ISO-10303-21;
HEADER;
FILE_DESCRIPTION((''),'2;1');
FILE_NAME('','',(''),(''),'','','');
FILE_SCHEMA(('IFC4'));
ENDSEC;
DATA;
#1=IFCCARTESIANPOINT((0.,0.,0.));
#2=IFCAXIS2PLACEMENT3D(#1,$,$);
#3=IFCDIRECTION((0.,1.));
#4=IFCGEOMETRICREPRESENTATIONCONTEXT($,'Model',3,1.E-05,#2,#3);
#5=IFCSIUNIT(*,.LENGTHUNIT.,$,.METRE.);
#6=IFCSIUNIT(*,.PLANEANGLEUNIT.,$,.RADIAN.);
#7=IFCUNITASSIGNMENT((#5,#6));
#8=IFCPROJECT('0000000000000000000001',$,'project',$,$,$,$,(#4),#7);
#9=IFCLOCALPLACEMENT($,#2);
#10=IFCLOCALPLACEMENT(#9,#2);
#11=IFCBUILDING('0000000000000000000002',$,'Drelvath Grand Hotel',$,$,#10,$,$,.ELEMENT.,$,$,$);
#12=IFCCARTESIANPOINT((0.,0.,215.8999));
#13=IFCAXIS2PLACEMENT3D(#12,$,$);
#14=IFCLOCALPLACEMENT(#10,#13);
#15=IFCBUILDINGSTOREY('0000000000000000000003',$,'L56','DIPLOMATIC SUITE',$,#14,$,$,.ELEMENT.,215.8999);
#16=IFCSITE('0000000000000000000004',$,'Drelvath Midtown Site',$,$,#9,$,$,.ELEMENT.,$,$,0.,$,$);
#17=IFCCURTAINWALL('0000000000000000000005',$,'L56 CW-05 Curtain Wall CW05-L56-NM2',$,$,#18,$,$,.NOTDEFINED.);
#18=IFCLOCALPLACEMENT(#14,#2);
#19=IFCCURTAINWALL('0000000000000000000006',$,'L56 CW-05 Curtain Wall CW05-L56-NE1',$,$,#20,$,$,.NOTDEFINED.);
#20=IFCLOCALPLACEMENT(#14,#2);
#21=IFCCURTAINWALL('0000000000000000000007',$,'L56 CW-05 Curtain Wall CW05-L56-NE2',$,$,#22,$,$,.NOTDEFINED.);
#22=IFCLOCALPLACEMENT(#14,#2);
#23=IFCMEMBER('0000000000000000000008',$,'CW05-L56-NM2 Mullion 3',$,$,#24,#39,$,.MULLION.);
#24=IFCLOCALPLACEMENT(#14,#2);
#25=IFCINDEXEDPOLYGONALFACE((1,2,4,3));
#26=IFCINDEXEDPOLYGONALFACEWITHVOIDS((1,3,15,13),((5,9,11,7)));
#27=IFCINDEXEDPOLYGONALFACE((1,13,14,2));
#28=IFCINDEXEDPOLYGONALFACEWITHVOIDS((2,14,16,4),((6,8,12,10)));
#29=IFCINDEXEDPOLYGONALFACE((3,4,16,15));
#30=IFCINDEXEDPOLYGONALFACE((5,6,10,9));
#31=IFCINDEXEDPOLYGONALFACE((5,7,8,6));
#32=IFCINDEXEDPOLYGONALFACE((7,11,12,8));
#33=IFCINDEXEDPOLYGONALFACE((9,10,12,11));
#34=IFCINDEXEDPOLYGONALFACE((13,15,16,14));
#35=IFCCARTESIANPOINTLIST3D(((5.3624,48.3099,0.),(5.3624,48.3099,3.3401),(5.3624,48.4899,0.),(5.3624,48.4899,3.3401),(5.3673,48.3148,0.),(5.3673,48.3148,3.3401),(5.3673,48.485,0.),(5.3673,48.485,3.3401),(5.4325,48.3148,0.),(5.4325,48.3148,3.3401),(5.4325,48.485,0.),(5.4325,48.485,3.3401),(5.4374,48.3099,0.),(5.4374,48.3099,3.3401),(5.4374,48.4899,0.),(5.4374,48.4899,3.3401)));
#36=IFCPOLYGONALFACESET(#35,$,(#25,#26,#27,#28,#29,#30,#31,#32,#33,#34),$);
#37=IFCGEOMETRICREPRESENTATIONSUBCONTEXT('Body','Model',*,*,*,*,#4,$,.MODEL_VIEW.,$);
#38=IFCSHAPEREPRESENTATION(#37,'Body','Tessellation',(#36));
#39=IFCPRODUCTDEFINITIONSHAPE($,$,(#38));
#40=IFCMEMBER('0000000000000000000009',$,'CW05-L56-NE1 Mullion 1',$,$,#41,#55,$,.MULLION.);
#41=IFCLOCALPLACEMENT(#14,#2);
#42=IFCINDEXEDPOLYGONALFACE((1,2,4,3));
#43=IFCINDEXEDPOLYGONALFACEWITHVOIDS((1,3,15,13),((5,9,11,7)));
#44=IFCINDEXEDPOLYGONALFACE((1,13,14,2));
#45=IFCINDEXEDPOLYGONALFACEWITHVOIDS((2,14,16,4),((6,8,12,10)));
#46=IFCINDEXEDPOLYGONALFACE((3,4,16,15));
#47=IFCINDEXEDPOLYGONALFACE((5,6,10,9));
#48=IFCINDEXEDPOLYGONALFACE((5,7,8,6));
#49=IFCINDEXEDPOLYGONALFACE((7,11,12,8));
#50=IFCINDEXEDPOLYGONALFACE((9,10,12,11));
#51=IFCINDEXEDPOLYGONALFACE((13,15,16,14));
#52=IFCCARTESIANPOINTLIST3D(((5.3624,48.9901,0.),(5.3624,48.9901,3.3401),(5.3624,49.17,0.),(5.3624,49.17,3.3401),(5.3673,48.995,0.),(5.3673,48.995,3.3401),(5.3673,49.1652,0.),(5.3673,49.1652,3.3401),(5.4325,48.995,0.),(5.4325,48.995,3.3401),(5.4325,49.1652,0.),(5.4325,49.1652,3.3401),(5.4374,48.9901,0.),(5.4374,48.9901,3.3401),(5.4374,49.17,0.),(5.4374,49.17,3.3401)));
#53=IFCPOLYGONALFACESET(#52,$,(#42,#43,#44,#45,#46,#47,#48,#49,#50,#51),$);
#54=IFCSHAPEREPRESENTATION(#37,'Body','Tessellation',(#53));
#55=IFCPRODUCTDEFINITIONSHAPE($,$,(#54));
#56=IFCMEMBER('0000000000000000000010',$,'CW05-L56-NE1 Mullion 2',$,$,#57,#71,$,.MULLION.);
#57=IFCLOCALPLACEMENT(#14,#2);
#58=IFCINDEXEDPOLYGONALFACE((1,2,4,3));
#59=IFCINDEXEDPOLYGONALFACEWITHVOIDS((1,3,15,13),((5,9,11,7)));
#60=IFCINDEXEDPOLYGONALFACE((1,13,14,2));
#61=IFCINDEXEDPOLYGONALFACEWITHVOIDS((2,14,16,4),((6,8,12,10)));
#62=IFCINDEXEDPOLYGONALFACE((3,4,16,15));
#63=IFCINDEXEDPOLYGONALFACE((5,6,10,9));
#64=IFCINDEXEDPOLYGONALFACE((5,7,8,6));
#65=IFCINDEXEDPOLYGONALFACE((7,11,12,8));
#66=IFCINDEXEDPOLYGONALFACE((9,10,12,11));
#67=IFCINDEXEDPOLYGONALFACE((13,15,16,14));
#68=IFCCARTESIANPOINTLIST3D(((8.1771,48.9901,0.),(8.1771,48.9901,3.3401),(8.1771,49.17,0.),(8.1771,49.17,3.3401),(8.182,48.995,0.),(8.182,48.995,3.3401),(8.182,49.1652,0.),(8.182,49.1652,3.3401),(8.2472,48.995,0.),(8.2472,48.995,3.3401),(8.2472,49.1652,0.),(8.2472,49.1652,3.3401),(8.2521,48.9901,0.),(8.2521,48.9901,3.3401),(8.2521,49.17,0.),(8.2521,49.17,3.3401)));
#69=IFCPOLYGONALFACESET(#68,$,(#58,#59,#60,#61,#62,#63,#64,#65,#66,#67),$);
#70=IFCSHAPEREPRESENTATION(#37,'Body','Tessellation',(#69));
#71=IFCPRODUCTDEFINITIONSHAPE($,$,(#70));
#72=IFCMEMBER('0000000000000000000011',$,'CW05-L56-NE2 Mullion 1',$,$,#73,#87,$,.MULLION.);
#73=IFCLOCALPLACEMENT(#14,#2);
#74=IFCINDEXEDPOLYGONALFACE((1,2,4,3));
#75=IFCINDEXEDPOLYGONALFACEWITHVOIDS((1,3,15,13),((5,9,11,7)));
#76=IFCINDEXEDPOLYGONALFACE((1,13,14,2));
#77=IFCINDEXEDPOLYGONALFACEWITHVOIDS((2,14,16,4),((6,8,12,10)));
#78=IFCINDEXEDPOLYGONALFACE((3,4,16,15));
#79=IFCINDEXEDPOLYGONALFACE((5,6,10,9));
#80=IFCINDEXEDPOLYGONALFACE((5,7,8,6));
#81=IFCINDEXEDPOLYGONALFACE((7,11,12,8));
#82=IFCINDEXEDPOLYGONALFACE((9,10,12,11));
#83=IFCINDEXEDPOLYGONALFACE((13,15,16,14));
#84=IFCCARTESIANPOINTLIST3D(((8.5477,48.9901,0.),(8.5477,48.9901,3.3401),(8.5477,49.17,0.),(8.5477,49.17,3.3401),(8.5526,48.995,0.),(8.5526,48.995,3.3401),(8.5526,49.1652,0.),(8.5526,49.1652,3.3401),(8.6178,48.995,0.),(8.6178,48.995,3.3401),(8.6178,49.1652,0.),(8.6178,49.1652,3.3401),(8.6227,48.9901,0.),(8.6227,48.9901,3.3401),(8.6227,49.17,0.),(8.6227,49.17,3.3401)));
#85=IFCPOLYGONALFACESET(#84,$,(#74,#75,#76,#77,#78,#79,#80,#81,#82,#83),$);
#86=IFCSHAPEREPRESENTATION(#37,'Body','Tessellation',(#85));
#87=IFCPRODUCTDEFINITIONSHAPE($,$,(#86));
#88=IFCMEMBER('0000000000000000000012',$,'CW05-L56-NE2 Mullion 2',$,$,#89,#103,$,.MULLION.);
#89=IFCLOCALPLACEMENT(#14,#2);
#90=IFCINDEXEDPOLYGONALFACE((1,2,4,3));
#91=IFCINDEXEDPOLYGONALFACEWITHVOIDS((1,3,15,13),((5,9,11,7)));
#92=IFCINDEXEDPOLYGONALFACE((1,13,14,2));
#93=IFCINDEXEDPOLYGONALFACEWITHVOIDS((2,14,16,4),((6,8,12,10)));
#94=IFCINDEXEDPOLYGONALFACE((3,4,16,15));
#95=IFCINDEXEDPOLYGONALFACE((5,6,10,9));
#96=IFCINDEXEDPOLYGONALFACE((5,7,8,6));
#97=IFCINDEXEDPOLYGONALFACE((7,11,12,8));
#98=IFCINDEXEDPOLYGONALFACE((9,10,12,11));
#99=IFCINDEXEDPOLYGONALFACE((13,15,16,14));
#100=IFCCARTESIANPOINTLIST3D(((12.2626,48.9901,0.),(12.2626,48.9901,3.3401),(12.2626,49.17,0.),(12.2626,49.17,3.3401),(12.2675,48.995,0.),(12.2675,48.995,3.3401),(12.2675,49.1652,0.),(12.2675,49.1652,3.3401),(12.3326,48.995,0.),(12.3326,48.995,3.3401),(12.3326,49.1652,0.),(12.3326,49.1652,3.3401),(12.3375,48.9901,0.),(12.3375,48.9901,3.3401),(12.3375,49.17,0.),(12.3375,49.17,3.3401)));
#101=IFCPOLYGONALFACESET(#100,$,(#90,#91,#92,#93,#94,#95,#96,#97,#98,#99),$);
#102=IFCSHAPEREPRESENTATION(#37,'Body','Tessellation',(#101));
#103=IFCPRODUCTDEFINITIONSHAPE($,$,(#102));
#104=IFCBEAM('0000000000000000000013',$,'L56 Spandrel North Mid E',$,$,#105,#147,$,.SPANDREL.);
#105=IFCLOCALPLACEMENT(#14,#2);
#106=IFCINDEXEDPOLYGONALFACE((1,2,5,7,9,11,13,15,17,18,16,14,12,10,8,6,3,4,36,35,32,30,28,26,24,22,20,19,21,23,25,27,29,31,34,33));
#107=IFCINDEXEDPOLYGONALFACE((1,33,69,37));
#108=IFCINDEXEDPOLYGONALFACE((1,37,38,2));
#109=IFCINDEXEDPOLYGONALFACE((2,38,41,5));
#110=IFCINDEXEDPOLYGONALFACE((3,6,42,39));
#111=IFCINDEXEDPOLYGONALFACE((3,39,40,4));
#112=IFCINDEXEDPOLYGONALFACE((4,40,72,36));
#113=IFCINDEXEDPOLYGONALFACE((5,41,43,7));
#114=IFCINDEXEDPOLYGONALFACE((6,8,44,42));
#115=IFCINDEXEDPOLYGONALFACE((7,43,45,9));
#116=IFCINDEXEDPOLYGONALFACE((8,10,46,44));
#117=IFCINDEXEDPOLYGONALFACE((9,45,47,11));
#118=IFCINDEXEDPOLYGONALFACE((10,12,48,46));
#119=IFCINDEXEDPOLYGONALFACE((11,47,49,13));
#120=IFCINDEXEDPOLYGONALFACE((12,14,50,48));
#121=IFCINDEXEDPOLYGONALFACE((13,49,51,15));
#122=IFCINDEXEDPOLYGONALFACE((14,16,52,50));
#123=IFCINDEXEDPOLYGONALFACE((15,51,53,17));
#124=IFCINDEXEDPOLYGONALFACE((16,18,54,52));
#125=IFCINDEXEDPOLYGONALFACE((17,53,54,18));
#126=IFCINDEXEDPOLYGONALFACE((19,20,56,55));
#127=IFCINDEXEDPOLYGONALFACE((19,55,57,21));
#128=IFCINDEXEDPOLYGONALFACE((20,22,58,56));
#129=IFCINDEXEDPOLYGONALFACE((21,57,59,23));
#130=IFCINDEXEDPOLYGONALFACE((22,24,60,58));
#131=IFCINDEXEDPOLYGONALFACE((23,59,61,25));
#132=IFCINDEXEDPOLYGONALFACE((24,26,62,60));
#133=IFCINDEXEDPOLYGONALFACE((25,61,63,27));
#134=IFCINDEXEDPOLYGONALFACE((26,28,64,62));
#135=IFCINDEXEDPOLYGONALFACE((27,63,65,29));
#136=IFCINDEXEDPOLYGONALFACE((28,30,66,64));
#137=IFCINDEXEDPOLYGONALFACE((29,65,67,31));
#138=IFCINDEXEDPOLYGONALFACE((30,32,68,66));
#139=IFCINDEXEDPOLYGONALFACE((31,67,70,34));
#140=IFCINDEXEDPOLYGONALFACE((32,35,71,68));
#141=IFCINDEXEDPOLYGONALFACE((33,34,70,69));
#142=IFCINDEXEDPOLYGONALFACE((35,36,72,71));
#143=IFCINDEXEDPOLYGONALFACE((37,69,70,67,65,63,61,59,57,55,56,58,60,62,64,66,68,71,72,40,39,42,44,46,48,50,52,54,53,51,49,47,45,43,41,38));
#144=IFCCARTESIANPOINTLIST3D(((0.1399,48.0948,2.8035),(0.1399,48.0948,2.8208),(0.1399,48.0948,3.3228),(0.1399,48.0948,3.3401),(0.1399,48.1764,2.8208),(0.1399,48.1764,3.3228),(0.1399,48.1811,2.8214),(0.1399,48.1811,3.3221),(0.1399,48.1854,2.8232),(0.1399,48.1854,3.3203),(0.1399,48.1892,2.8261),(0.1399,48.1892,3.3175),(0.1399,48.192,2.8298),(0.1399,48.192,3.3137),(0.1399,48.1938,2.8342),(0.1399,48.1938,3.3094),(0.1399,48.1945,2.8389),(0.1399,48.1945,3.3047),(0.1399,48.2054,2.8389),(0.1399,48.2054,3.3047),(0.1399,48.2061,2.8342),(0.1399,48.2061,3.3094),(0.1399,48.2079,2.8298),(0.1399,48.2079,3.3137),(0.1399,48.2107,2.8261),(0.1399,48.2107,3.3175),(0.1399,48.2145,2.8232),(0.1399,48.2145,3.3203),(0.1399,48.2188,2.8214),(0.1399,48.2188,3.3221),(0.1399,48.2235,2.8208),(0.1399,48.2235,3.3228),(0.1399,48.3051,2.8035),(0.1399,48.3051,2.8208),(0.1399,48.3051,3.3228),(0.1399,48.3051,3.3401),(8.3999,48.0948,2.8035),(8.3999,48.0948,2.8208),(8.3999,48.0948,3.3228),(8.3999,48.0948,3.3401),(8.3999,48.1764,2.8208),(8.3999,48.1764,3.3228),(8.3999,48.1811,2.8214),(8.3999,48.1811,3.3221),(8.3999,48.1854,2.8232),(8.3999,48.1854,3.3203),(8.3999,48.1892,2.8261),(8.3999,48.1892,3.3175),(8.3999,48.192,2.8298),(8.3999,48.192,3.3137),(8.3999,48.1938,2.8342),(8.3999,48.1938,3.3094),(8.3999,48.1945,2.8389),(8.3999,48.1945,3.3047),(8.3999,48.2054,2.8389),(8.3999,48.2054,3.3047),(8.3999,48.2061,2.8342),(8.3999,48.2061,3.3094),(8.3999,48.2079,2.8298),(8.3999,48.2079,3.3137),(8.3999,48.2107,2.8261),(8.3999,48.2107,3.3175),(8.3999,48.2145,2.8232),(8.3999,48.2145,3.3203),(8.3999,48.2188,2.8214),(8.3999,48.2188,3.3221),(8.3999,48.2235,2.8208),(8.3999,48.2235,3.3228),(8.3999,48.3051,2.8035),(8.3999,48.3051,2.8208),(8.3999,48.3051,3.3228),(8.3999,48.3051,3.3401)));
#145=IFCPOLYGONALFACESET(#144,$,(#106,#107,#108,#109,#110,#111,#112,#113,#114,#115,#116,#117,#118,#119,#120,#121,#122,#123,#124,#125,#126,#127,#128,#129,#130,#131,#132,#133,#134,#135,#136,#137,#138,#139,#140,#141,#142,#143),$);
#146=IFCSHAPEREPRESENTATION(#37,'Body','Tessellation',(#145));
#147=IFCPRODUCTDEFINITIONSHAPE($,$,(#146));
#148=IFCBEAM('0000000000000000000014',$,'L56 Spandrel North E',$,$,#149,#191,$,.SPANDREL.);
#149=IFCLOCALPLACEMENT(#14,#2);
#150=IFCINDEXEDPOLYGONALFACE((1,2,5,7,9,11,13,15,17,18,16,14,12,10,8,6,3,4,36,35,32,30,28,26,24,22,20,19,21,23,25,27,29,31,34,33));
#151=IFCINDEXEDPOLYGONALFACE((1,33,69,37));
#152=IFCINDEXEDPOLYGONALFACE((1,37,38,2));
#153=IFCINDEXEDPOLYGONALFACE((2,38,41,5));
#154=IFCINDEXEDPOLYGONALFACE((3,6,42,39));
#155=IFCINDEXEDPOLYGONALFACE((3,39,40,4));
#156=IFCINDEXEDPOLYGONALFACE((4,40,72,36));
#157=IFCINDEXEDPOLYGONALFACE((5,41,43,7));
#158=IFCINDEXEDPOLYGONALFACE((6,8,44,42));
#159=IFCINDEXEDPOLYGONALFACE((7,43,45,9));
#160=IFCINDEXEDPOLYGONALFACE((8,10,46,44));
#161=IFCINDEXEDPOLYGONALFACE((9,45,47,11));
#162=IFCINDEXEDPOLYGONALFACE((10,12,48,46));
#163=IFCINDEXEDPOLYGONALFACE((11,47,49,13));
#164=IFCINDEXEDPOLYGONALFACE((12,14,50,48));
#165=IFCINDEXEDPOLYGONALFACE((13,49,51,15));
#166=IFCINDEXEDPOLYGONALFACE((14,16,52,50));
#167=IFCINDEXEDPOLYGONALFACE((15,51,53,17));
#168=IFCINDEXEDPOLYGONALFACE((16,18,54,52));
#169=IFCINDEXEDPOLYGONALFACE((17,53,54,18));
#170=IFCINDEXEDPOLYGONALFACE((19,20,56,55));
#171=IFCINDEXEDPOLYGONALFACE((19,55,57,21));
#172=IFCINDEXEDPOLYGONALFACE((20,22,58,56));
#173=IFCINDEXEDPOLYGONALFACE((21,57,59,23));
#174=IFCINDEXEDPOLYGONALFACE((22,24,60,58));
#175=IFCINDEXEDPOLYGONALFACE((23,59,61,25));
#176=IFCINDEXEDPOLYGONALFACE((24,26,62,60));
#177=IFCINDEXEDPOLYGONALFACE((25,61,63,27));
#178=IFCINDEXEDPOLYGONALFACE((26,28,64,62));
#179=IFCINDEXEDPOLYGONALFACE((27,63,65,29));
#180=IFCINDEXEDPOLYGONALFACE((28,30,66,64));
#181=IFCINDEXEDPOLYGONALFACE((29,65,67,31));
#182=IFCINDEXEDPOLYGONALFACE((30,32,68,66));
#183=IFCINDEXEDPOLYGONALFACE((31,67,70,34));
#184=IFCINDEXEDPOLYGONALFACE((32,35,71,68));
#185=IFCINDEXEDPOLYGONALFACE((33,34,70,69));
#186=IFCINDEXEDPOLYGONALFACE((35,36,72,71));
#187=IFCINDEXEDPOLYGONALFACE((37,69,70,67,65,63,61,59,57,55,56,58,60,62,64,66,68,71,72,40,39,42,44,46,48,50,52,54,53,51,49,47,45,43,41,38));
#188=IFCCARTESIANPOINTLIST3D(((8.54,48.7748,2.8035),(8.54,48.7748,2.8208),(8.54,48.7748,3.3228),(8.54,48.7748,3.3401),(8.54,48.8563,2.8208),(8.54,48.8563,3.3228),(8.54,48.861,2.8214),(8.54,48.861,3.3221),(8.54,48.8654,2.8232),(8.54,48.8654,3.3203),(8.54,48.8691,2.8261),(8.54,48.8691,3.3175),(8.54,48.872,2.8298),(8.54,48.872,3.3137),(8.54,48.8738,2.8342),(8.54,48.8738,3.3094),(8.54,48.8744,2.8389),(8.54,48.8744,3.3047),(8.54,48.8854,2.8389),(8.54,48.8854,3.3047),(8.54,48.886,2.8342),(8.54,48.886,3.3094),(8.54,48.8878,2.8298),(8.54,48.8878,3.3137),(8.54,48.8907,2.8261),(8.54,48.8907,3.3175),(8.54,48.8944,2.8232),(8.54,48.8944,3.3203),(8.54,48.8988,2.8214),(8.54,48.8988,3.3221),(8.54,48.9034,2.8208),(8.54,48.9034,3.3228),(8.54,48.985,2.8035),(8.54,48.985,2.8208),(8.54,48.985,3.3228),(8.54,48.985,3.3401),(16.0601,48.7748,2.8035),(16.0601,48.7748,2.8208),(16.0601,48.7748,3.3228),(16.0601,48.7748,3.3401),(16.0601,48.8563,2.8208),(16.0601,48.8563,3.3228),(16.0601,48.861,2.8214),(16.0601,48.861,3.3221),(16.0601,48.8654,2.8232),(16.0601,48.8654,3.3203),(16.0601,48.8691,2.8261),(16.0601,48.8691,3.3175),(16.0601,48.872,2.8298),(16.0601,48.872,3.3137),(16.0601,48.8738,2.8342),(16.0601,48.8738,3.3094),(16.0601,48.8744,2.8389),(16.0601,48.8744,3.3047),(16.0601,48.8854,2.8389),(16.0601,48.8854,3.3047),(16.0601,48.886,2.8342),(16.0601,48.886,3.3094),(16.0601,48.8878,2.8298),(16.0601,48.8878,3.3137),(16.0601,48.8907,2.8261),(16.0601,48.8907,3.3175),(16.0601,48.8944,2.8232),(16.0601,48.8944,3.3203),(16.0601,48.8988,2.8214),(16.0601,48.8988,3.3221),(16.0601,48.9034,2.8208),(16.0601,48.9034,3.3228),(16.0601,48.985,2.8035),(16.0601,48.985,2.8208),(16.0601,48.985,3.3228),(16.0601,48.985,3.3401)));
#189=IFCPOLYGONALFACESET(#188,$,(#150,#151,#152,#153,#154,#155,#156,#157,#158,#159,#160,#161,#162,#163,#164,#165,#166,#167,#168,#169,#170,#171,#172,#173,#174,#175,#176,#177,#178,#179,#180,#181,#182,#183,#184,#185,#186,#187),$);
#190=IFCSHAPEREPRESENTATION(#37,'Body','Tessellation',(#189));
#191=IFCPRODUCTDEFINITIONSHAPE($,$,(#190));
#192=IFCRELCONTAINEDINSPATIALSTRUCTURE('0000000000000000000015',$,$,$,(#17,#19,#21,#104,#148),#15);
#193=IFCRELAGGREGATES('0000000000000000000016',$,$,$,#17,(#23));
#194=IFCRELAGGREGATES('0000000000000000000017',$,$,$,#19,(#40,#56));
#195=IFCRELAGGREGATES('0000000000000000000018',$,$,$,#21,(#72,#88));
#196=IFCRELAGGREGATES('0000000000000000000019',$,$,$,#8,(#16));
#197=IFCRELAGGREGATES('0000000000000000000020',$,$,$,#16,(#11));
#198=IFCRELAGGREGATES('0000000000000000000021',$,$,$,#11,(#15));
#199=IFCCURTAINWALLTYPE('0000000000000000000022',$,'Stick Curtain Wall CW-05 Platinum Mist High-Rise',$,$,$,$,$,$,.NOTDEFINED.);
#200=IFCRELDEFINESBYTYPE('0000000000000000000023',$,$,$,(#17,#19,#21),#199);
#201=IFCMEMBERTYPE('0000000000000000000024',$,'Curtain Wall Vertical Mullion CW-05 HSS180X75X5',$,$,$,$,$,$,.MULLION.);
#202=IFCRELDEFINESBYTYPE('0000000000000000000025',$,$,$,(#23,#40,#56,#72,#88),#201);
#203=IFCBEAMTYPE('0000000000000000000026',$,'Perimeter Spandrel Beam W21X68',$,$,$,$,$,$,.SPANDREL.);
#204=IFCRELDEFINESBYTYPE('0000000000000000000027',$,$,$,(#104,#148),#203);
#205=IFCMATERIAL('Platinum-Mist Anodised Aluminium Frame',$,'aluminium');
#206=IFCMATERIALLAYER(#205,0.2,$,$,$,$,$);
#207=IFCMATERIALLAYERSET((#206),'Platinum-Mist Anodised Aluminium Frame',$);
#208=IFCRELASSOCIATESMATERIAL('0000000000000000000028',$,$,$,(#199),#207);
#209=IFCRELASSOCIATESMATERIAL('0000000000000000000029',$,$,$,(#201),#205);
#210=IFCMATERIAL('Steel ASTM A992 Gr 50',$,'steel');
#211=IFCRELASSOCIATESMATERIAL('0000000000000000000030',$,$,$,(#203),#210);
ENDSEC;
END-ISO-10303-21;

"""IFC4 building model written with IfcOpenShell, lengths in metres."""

from ifc_helpers import new_model, si_unit, direction, frame, origin, origin_2d, place, context, subcontext, project, spatial, hollow_rectangle, i_section, extrude, material, layer, layer_set, material_profile, profile_set, type_object, element, aggregate, save


model = new_model("IFC4")

# Units and contexts
model_context = context("Model", 3, precision=1e-05, world=origin(), true_north=direction((0.0, 1.0)))
body_context = subcontext(model_context, "Body", "Model", "MODEL_VIEW")
ifc_project = project(units=[si_unit("LENGTHUNIT", "METRE"), si_unit("PLANEANGLEUNIT", "RADIAN")], contexts=[model_context])

# Site, building, storey
site_placement = place(None, origin())
site = spatial("IfcSite", under=ifc_project, at=site_placement, Name="Drelvath Midtown Site", CompositionType="ELEMENT", RefElevation=0.0)
building_placement = place(site_placement, origin())
building = spatial("IfcBuilding", under=site, at=building_placement, Name="Drelvath Grand Hotel", CompositionType="ELEMENT")
storey_placement = place(building_placement, frame((0.0, 0.0, 215.8999)))
storey = spatial("IfcBuildingStorey", under=building, at=storey_placement, Name="L56", Description="DIPLOMATIC SUITE", CompositionType="ELEMENT", Elevation=215.8999)

# Curtain walls
ifc_material_1 = material(Name="Platinum-Mist Anodised Aluminium Frame", Category="aluminium")
ifc_layer_1 = layer(ifc_material_1, 0.2)
ifc_layer_set_1 = layer_set([ifc_layer_1], Name="Platinum-Mist Anodised Aluminium Frame")
curtain_wall_type = type_object("IfcCurtainWallType", Name="Stick Curtain Wall CW-05 Platinum Mist High-Rise", PredefinedType="NOTDEFINED", material=ifc_layer_set_1)
curtain_wall_1_placement = place(storey_placement, origin())
curtain_wall_1 = element("IfcCurtainWall", 1, at=curtain_wall_1_placement, inside=storey, type_object=curtain_wall_type, Name="L56 CW-05 Curtain Wall CW05-L56-NM2", PredefinedType="NOTDEFINED")
curtain_wall_2_placement = place(storey_placement, origin())
curtain_wall_2 = element("IfcCurtainWall", 2, at=curtain_wall_2_placement, inside=storey, type_object=curtain_wall_type, Name="L56 CW-05 Curtain Wall CW05-L56-NE1", PredefinedType="NOTDEFINED")
curtain_wall_3_placement = place(storey_placement, origin())
curtain_wall_3 = element("IfcCurtainWall", 3, at=curtain_wall_3_placement, inside=storey, type_object=curtain_wall_type, Name="L56 CW-05 Curtain Wall CW05-L56-NE2", PredefinedType="NOTDEFINED")

# Members
ifc_material_profile_1 = material_profile(ifc_material_1, hollow_rectangle(XDim=0.075, YDim=0.1799, WallThickness=0.0049, at=origin_2d()), Name="HSS180X75X5")
ifc_profile_set_1 = profile_set([ifc_material_profile_1], Name="Platinum-Mist Anodised Aluminium Frame")
member_type_1 = type_object("IfcMemberType", Name="Curtain Wall Vertical Mullion CW-05 HSS180X75X5", PredefinedType="MULLION", material=ifc_profile_set_1)
member_1_placement = place(storey_placement, frame((5.3999, 48.3999, 0.0), z_axis=(0.0, 0.0, 1.0), x_axis=(1.0, 0.0, 0.0)))
member_1 = element("IfcMember", 4, at=member_1_placement, type_object=member_type_1, Name="CW05-L56-NM2 Mullion 3", PredefinedType="MULLION", context=body_context, shape_type="SweptSolid", body=[
    extrude(hollow_rectangle(XDim=0.075, YDim=0.1799, WallThickness=0.0049, at=origin_2d()), origin(), (0.0, 0.0, 1.0), 3.3401),
])
member_2_placement = place(storey_placement, frame((5.3999, 49.0801, 0.0), z_axis=(0.0, 0.0, 1.0), x_axis=(1.0, 0.0, 0.0)))
member_2 = element("IfcMember", 5, at=member_2_placement, type_object=member_type_1, Name="CW05-L56-NE1 Mullion 1", PredefinedType="MULLION", context=body_context, shape_type="SweptSolid", body=[
    extrude(hollow_rectangle(XDim=0.075, YDim=0.1799, WallThickness=0.0049, at=origin_2d()), origin(), (0.0, 0.0, 1.0), 3.3401),
])
member_3_placement = place(storey_placement, frame((8.2146, 49.0801, 0.0), z_axis=(0.0, 0.0, 1.0), x_axis=(1.0, 0.0, 0.0)))
member_3 = element("IfcMember", 6, at=member_3_placement, type_object=member_type_1, Name="CW05-L56-NE1 Mullion 2", PredefinedType="MULLION", context=body_context, shape_type="SweptSolid", body=[
    extrude(hollow_rectangle(XDim=0.075, YDim=0.1799, WallThickness=0.0049, at=origin_2d()), origin(), (0.0, 0.0, 1.0), 3.3401),
])
member_4_placement = place(storey_placement, frame((8.5852, 49.0801, 0.0), z_axis=(0.0, 0.0, 1.0), x_axis=(1.0, 0.0, 0.0)))
member_4 = element("IfcMember", 7, at=member_4_placement, type_object=member_type_1, Name="CW05-L56-NE2 Mullion 1", PredefinedType="MULLION", context=body_context, shape_type="SweptSolid", body=[
    extrude(hollow_rectangle(XDim=0.075, YDim=0.1799, WallThickness=0.0049, at=origin_2d()), origin(), (0.0, 0.0, 1.0), 3.3401),
])
member_5_placement = place(storey_placement, frame((12.3, 49.0801, 0.0), z_axis=(0.0, 0.0, 1.0), x_axis=(1.0, 0.0, 0.0)))
member_5 = element("IfcMember", 8, at=member_5_placement, type_object=member_type_1, Name="CW05-L56-NE2 Mullion 2", PredefinedType="MULLION", context=body_context, shape_type="SweptSolid", body=[
    extrude(hollow_rectangle(XDim=0.075, YDim=0.1799, WallThickness=0.0049, at=origin_2d()), origin(), (0.0, 0.0, 1.0), 3.3401),
])

# Beams
ifc_material_2 = material(Name="Steel ASTM A992 Gr 50", Category="steel")
ifc_material_profile_2 = material_profile(ifc_material_2, i_section(OverallWidth=0.2102, OverallDepth=0.5366, WebThickness=0.011, FlangeThickness=0.0173, FilletRadius=0.0181, at=origin_2d()), Name="W21X68")
ifc_profile_set_2 = profile_set([ifc_material_profile_2], Name="Steel ASTM A992 Gr 50")
beam_type_1 = type_object("IfcBeamType", Name="Perimeter Spandrel Beam W21X68", PredefinedType="SPANDREL", material=ifc_profile_set_2)
beam_1_placement = place(storey_placement, frame((0.1399, 48.2, 3.0718), z_axis=(1.0, 0.0, 0.0), x_axis=(0.0, 1.0, 0.0)))
element("IfcBeam", 9, at=beam_1_placement, inside=storey, type_object=beam_type_1, Name="L56 Spandrel North Mid E", PredefinedType="SPANDREL", context=body_context, shape_type="SweptSolid", body=[
    extrude(i_section(OverallWidth=0.2102, OverallDepth=0.5366, WebThickness=0.011, FlangeThickness=0.0173, FilletRadius=0.0181, at=origin_2d()), origin(), (0.0, 0.0, 1.0), 8.26),
])
beam_2_placement = place(storey_placement, frame((8.54, 48.8799, 3.0718), z_axis=(1.0, 0.0, 0.0), x_axis=(0.0, 1.0, 0.0)))
element("IfcBeam", 10, at=beam_2_placement, inside=storey, type_object=beam_type_1, Name="L56 Spandrel North E", PredefinedType="SPANDREL", context=body_context, shape_type="SweptSolid", body=[
    extrude(i_section(OverallWidth=0.2102, OverallDepth=0.5366, WebThickness=0.011, FlangeThickness=0.0173, FilletRadius=0.0181, at=origin_2d()), origin(), (0.0, 0.0, 1.0), 7.52),
])

aggregate(curtain_wall_1, [member_1])
aggregate(curtain_wall_2, [member_2, member_3])
aggregate(curtain_wall_3, [member_4, member_5])

save(model, "model.ifc")
